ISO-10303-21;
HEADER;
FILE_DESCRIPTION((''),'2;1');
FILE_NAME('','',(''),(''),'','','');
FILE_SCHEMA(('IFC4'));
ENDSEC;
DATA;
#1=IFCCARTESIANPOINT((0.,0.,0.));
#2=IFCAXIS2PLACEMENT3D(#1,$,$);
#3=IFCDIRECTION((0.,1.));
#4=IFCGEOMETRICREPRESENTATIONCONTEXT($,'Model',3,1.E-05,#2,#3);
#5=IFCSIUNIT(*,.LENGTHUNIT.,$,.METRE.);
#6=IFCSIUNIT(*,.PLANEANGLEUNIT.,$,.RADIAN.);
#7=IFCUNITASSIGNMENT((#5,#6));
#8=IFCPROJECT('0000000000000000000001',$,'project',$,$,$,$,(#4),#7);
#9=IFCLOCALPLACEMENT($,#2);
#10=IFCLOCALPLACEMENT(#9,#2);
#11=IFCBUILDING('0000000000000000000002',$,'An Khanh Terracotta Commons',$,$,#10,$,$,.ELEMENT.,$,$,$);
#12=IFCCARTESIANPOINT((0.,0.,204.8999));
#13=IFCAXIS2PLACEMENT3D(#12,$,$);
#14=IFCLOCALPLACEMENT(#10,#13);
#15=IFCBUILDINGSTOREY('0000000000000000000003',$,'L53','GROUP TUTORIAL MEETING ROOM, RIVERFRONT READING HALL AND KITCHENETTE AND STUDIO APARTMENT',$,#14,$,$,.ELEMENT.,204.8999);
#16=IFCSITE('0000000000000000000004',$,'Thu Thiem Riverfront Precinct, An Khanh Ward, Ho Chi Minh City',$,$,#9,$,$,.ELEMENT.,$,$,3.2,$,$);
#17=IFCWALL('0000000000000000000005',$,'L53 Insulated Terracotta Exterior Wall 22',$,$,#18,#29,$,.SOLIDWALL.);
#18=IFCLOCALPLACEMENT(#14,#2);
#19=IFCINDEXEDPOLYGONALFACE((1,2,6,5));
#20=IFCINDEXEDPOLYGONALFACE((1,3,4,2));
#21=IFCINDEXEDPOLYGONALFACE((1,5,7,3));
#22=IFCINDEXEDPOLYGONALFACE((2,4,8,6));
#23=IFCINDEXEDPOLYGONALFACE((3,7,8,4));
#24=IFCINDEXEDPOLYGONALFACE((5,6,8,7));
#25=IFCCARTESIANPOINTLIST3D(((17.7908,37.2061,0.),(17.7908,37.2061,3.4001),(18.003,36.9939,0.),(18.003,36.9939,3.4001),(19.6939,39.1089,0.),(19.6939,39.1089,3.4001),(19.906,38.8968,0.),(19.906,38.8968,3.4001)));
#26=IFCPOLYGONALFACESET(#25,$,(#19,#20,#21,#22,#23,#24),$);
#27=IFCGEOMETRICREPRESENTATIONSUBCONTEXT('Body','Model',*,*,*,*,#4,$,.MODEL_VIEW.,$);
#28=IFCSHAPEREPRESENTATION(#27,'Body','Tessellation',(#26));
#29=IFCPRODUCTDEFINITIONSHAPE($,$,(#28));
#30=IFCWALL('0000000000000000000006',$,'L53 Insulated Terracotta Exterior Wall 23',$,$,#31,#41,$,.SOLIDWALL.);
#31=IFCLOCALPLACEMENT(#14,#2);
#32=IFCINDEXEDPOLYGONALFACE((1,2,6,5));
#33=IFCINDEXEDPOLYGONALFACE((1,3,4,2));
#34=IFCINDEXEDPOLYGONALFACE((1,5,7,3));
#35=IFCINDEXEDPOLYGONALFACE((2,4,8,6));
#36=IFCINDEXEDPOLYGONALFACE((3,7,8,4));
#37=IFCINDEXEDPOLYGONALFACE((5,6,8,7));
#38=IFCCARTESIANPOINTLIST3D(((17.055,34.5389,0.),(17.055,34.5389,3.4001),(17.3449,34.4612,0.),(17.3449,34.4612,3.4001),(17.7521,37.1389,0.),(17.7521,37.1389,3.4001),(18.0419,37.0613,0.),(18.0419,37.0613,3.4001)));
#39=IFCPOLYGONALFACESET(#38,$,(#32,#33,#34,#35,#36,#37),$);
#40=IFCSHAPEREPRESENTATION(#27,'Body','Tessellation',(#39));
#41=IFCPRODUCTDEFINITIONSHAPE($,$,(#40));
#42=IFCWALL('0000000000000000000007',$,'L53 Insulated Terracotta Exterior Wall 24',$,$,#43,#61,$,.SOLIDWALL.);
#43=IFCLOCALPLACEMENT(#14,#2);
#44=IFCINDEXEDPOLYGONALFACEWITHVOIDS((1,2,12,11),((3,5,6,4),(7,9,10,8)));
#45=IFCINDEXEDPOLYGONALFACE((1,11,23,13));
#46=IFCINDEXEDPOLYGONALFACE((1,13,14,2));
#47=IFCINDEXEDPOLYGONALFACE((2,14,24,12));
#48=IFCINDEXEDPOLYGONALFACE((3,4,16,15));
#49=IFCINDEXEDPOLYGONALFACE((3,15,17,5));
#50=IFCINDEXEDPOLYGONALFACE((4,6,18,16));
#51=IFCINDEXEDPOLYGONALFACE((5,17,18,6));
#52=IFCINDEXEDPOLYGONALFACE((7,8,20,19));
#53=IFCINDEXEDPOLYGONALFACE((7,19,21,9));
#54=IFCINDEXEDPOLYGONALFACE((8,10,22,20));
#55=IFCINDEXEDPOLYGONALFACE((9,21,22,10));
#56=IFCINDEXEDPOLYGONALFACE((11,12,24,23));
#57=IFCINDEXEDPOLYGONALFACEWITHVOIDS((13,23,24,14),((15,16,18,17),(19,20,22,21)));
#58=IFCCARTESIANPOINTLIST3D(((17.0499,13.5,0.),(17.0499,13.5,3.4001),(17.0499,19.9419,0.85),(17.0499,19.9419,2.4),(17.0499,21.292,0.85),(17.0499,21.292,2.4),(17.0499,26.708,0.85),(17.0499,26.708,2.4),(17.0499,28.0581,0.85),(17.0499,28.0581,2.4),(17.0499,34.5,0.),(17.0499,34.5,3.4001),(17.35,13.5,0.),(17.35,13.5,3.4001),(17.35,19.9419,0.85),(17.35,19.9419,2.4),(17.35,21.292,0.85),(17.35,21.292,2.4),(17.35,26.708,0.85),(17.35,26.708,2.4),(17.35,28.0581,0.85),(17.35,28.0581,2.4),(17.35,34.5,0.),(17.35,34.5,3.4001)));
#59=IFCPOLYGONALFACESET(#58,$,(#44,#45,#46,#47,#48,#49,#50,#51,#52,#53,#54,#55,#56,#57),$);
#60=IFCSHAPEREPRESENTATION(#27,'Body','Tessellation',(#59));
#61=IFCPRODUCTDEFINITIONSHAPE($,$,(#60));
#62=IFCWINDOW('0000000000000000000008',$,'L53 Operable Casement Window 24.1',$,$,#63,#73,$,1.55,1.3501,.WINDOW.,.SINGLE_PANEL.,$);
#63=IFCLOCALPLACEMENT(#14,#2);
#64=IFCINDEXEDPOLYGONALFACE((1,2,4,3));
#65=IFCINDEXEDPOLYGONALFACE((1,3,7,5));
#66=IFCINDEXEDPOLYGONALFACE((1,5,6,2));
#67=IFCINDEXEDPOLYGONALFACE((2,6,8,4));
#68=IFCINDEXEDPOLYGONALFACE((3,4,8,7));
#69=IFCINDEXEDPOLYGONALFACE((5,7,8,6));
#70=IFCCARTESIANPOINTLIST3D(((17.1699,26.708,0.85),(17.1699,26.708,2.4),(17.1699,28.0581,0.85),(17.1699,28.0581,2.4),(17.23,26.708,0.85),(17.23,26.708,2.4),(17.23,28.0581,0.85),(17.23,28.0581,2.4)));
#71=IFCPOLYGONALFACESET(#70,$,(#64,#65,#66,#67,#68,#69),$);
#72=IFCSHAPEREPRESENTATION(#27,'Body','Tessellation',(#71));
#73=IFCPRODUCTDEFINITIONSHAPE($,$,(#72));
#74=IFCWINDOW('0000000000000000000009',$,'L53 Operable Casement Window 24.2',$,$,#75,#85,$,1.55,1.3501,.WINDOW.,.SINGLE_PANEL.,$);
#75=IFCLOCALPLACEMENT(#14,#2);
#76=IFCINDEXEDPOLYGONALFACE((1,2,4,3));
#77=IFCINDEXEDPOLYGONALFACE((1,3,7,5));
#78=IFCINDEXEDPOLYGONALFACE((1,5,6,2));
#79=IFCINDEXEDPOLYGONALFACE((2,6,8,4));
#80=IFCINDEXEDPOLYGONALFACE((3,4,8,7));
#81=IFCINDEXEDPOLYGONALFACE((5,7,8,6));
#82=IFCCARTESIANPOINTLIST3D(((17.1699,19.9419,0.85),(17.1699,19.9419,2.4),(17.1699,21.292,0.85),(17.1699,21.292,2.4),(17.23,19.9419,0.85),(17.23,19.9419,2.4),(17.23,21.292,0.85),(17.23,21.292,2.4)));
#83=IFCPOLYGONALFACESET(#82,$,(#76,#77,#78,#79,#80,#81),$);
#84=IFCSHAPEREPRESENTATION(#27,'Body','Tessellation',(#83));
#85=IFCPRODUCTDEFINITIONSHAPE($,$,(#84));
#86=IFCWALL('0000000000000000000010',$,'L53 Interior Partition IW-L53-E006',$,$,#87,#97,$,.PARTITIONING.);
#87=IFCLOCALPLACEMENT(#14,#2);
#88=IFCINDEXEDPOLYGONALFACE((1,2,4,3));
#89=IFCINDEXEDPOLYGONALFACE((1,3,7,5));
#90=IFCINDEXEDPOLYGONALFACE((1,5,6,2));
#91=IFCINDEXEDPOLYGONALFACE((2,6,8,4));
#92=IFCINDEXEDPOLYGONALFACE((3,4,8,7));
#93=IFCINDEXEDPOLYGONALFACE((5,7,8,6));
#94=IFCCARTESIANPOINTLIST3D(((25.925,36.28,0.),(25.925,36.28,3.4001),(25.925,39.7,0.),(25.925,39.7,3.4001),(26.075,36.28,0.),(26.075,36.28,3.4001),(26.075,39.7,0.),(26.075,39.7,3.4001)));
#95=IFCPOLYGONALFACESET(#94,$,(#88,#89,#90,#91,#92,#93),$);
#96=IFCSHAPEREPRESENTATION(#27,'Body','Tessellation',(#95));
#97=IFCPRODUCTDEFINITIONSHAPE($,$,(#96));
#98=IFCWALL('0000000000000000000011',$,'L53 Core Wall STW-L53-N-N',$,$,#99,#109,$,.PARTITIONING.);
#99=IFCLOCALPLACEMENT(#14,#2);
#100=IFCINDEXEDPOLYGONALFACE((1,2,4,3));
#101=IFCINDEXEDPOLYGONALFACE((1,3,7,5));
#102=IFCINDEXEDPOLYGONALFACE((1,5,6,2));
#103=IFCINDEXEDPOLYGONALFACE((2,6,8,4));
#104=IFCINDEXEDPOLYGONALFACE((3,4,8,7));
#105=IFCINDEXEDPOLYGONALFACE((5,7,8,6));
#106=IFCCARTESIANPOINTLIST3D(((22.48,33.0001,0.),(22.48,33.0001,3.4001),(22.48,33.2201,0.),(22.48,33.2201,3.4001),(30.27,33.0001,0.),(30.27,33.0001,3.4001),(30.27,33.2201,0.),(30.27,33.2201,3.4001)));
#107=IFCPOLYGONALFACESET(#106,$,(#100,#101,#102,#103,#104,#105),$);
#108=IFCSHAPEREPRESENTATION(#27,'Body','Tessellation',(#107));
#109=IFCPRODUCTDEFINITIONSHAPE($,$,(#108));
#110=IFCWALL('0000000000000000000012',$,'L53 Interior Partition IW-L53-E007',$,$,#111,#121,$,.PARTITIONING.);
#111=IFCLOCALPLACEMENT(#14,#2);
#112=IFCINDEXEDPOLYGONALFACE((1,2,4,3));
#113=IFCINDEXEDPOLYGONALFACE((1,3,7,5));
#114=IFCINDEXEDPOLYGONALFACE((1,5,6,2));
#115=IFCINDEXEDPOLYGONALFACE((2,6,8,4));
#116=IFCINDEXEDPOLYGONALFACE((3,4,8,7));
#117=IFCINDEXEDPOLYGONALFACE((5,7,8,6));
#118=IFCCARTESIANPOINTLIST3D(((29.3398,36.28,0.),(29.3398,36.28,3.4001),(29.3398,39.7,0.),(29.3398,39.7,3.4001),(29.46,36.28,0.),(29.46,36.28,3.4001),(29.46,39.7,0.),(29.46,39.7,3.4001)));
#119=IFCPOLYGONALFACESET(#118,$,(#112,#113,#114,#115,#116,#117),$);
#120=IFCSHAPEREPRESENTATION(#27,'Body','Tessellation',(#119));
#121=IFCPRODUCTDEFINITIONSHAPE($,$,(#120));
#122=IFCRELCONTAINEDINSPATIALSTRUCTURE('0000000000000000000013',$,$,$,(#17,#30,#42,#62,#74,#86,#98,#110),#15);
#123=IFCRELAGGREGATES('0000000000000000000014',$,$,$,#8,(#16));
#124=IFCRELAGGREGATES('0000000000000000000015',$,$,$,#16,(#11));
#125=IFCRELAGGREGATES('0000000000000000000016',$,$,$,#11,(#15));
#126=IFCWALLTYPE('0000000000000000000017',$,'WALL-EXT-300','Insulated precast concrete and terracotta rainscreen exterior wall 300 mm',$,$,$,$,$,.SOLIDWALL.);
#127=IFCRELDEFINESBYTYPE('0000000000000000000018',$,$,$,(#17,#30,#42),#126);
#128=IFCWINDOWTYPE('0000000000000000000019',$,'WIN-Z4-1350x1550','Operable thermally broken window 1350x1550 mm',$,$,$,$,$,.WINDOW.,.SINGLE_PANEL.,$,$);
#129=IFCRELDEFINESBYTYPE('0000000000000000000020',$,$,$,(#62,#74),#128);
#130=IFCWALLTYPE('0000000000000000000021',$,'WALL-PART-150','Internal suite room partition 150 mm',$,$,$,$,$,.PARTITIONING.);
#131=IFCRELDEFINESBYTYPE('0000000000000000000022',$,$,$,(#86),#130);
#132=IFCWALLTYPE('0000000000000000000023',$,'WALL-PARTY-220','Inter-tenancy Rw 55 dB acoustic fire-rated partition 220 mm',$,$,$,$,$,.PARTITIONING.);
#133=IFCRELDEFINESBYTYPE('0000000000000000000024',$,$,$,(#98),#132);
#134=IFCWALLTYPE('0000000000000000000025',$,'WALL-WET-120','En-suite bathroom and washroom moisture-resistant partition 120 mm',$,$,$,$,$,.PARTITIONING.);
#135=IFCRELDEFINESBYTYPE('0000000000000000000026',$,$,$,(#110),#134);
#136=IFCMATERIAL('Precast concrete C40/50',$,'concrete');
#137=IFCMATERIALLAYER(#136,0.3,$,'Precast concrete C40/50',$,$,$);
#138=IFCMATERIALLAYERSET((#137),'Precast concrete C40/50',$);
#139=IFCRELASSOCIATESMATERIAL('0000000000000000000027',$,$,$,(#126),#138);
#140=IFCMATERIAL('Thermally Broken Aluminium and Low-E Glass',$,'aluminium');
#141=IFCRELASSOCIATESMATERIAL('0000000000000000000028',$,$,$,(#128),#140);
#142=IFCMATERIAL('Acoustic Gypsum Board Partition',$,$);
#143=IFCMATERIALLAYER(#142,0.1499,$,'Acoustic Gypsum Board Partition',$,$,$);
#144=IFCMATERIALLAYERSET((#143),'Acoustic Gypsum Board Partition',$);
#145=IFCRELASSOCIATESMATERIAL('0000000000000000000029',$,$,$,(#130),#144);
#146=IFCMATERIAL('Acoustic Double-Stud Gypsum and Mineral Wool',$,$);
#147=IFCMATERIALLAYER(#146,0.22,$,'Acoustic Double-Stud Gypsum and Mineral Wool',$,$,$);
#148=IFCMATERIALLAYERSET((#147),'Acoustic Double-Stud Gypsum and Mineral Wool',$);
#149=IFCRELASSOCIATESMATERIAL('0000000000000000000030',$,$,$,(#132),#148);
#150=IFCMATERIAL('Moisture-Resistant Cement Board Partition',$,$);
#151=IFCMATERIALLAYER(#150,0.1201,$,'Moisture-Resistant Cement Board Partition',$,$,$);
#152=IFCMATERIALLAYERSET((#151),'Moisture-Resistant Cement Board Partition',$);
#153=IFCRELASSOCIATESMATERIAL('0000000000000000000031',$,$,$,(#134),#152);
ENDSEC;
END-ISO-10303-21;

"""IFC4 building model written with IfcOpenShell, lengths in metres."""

from ifc_helpers import new_model, si_unit, direction, frame, frame_2d, origin, place, context, subcontext, project, spatial, rectangle, extrude, material, layer, layer_set, type_object, element, fill, save


model = new_model("IFC4")

# Units and contexts
model_context = context("Model", 3, precision=1e-05, world=origin(), true_north=direction((0.0, 1.0)))
body_context = subcontext(model_context, "Body", "Model", "MODEL_VIEW")
ifc_project = project(units=[si_unit("LENGTHUNIT", "METRE"), si_unit("PLANEANGLEUNIT", "RADIAN")], contexts=[model_context])

# Site, building, storey
site_placement = place(None, origin())
site = spatial("IfcSite", under=ifc_project, at=site_placement, Name="Thu Thiem Riverfront Precinct, An Khanh Ward, Ho Chi Minh City", CompositionType="ELEMENT", RefElevation=3.2)
building_placement = place(site_placement, origin())
building = spatial("IfcBuilding", under=site, at=building_placement, Name="An Khanh Terracotta Commons", CompositionType="ELEMENT")
storey_placement = place(building_placement, frame((0.0, 0.0, 204.8999)))
storey = spatial("IfcBuildingStorey", under=building, at=storey_placement, Name="L53", Description="GROUP TUTORIAL MEETING ROOM, RIVERFRONT READING HALL AND KITCHENETTE AND STUDIO APARTMENT", CompositionType="ELEMENT", Elevation=204.8999)

# Walls
ifc_material_1 = material(Name="Precast concrete C40/50", Category="concrete")
ifc_layer_1 = layer(ifc_material_1, 0.3, Name="Precast concrete C40/50")
ifc_layer_set_1 = layer_set([ifc_layer_1], Name="Precast concrete C40/50")
wall_type_1 = type_object("IfcWallType", Name="WALL-EXT-300", Description="Insulated precast concrete and terracotta rainscreen exterior wall 300 mm", PredefinedType="SOLIDWALL", material=ifc_layer_set_1)
wall_1_placement = place(storey_placement, frame((19.8, 39.0029, 0.0), z_axis=(0.0, 0.0, 1.0), x_axis=(-0.707152, -0.707061, 0.0)))
element("IfcWall", 1, at=wall_1_placement, inside=storey, type_object=wall_type_1, Name="L53 Insulated Terracotta Exterior Wall 22", PredefinedType="SOLIDWALL", context=body_context, shape_type="SweptSolid", body=[
    extrude(rectangle(XDim=2.6912, YDim=0.3, at=frame_2d((1.3457, 0.0))), origin(), (0.0, 0.0, 1.0), 3.4001),
])
wall_2_placement = place(storey_placement, frame((17.897, 37.1001, 0.0), z_axis=(0.0, 0.0, 1.0), x_axis=(-0.258933, -0.965895, 0.0)))
element("IfcWall", 2, at=wall_2_placement, inside=storey, type_object=wall_type_1, Name="L53 Insulated Terracotta Exterior Wall 23", PredefinedType="SOLIDWALL", context=body_context, shape_type="SweptSolid", body=[
    extrude(rectangle(XDim=2.6919, YDim=0.3, at=frame_2d((1.3459, 0.0))), origin(), (0.0, 0.0, 1.0), 3.4001),
])

# Wall, openings, windows
wall_3_placement = place(storey_placement, frame((17.2, 34.5, 0.0), z_axis=(0.0, 0.0, 1.0), x_axis=(0.0, -1.0, 0.0)))
wall_3 = element("IfcWall", 3, at=wall_3_placement, inside=storey, type_object=wall_type_1, Name="L53 Insulated Terracotta Exterior Wall 24", PredefinedType="SOLIDWALL", context=body_context, shape_type="SweptSolid", body=[
    extrude(rectangle(XDim=21.0, YDim=0.3, at=frame_2d((10.5, 0.0))), origin(), (0.0, 0.0, 1.0), 3.4001),
])
opening_1_placement = place(wall_3_placement, frame((6.4419, 0.0, 0.8501)))
opening_1 = element("IfcOpeningElement", 4, at=opening_1_placement, cuts=wall_3, PredefinedType="OPENING", context=body_context, shape_type="SweptSolid", body=[
    extrude(rectangle(XDim=1.3501, YDim=1.55, at=frame_2d((0.675, 0.7749))), frame((0.0, 0.1599, 0.0), z_axis=(0.0, -1.0, 0.0), x_axis=(1.0, 0.0, 0.0)), (0.0, 0.0, 1.0), 0.3201),
])
opening_2_placement = place(wall_3_placement, frame((13.208, 0.0, 0.8501)))
opening_2 = element("IfcOpeningElement", 5, at=opening_2_placement, cuts=wall_3, PredefinedType="OPENING", context=body_context, shape_type="SweptSolid", body=[
    extrude(rectangle(XDim=1.3501, YDim=1.55, at=frame_2d((0.675, 0.7749))), frame((0.0, 0.1599, 0.0), z_axis=(0.0, -1.0, 0.0), x_axis=(1.0, 0.0, 0.0)), (0.0, 0.0, 1.0), 0.3201),
])
ifc_material_2 = material(Name="Thermally Broken Aluminium and Low-E Glass", Category="aluminium")
window_type = type_object("IfcWindowType", Name="WIN-Z4-1350x1550", Description="Operable thermally broken window 1350x1550 mm", PartitioningType="SINGLE_PANEL", PredefinedType="WINDOW", material=ifc_material_2)
window_1_placement = place(opening_1_placement, origin())
window_1 = element("IfcWindow", 6, at=window_1_placement, inside=storey, type_object=window_type, Name="L53 Operable Casement Window 24.1", OverallHeight=1.55, OverallWidth=1.3501, PartitioningType="SINGLE_PANEL", PredefinedType="WINDOW", context=body_context, shape_type="SweptSolid", body=[
    extrude(rectangle(XDim=1.3501, YDim=1.55, at=frame_2d((0.675, 0.7749))), frame((0.0, 0.03, 0.0), z_axis=(0.0, -1.0, 0.0), x_axis=(1.0, 0.0, 0.0)), (0.0, 0.0, 1.0), 0.0601),
])
fill(opening_1, window_1)
window_2_placement = place(opening_2_placement, origin())
window_2 = element("IfcWindow", 7, at=window_2_placement, inside=storey, type_object=window_type, Name="L53 Operable Casement Window 24.2", OverallHeight=1.55, OverallWidth=1.3501, PartitioningType="SINGLE_PANEL", PredefinedType="WINDOW", context=body_context, shape_type="SweptSolid", body=[
    extrude(rectangle(XDim=1.3501, YDim=1.55, at=frame_2d((0.675, 0.7749))), frame((0.0, 0.03, 0.0), z_axis=(0.0, -1.0, 0.0), x_axis=(1.0, 0.0, 0.0)), (0.0, 0.0, 1.0), 0.0601),
])
fill(opening_2, window_2)

# Walls
ifc_material_3 = material(Name="Acoustic Gypsum Board Partition")
ifc_layer_2 = layer(ifc_material_3, 0.1499, Name="Acoustic Gypsum Board Partition")
ifc_layer_set_2 = layer_set([ifc_layer_2], Name="Acoustic Gypsum Board Partition")
wall_type_2 = type_object("IfcWallType", Name="WALL-PART-150", Description="Internal suite room partition 150 mm", PredefinedType="PARTITIONING", material=ifc_layer_set_2)
wall_4_placement = place(storey_placement, frame((26.0, 36.28, 0.0), z_axis=(0.0, 0.0, 1.0), x_axis=(0.0, 1.0, 0.0)))
element("IfcWall", 8, at=wall_4_placement, inside=storey, type_object=wall_type_2, Name="L53 Interior Partition IW-L53-E006", PredefinedType="PARTITIONING", context=body_context, shape_type="SweptSolid", body=[
    extrude(rectangle(XDim=3.4199, YDim=0.1499, at=frame_2d((1.71, 0.0))), origin(), (0.0, 0.0, 1.0), 3.4001),
])
ifc_material_4 = material(Name="Acoustic Double-Stud Gypsum and Mineral Wool")
ifc_layer_3 = layer(ifc_material_4, 0.22, Name="Acoustic Double-Stud Gypsum and Mineral Wool")
ifc_layer_set_3 = layer_set([ifc_layer_3], Name="Acoustic Double-Stud Gypsum and Mineral Wool")
wall_type_3 = type_object("IfcWallType", Name="WALL-PARTY-220", Description="Inter-tenancy Rw 55 dB acoustic fire-rated partition 220 mm", PredefinedType="PARTITIONING", material=ifc_layer_set_3)
wall_5_placement = place(storey_placement, frame((22.48, 33.1101, 0.0), z_axis=(0.0, 0.0, 1.0), x_axis=(1.0, 0.0, 0.0)))
element("IfcWall", 9, at=wall_5_placement, inside=storey, type_object=wall_type_3, Name="L53 Core Wall STW-L53-N-N", PredefinedType="PARTITIONING", context=body_context, shape_type="SweptSolid", body=[
    extrude(rectangle(XDim=7.79, YDim=0.22, at=frame_2d((3.895, 0.0))), origin(), (0.0, 0.0, 1.0), 3.4001),
])
ifc_material_5 = material(Name="Moisture-Resistant Cement Board Partition")
ifc_layer_4 = layer(ifc_material_5, 0.1201, Name="Moisture-Resistant Cement Board Partition")
ifc_layer_set_4 = layer_set([ifc_layer_4], Name="Moisture-Resistant Cement Board Partition")
wall_type_4 = type_object("IfcWallType", Name="WALL-WET-120", Description="En-suite bathroom and washroom moisture-resistant partition 120 mm", PredefinedType="PARTITIONING", material=ifc_layer_set_4)
wall_6_placement = place(storey_placement, frame((29.3999, 36.28, 0.0), z_axis=(0.0, 0.0, 1.0), x_axis=(0.0, 1.0, 0.0)))
element("IfcWall", 10, at=wall_6_placement, inside=storey, type_object=wall_type_4, Name="L53 Interior Partition IW-L53-E007", PredefinedType="PARTITIONING", context=body_context, shape_type="SweptSolid", body=[
    extrude(rectangle(XDim=3.4199, YDim=0.1201, at=frame_2d((1.71, 0.0))), origin(), (0.0, 0.0, 1.0), 3.4001),
])

save(model, "model.ifc")
